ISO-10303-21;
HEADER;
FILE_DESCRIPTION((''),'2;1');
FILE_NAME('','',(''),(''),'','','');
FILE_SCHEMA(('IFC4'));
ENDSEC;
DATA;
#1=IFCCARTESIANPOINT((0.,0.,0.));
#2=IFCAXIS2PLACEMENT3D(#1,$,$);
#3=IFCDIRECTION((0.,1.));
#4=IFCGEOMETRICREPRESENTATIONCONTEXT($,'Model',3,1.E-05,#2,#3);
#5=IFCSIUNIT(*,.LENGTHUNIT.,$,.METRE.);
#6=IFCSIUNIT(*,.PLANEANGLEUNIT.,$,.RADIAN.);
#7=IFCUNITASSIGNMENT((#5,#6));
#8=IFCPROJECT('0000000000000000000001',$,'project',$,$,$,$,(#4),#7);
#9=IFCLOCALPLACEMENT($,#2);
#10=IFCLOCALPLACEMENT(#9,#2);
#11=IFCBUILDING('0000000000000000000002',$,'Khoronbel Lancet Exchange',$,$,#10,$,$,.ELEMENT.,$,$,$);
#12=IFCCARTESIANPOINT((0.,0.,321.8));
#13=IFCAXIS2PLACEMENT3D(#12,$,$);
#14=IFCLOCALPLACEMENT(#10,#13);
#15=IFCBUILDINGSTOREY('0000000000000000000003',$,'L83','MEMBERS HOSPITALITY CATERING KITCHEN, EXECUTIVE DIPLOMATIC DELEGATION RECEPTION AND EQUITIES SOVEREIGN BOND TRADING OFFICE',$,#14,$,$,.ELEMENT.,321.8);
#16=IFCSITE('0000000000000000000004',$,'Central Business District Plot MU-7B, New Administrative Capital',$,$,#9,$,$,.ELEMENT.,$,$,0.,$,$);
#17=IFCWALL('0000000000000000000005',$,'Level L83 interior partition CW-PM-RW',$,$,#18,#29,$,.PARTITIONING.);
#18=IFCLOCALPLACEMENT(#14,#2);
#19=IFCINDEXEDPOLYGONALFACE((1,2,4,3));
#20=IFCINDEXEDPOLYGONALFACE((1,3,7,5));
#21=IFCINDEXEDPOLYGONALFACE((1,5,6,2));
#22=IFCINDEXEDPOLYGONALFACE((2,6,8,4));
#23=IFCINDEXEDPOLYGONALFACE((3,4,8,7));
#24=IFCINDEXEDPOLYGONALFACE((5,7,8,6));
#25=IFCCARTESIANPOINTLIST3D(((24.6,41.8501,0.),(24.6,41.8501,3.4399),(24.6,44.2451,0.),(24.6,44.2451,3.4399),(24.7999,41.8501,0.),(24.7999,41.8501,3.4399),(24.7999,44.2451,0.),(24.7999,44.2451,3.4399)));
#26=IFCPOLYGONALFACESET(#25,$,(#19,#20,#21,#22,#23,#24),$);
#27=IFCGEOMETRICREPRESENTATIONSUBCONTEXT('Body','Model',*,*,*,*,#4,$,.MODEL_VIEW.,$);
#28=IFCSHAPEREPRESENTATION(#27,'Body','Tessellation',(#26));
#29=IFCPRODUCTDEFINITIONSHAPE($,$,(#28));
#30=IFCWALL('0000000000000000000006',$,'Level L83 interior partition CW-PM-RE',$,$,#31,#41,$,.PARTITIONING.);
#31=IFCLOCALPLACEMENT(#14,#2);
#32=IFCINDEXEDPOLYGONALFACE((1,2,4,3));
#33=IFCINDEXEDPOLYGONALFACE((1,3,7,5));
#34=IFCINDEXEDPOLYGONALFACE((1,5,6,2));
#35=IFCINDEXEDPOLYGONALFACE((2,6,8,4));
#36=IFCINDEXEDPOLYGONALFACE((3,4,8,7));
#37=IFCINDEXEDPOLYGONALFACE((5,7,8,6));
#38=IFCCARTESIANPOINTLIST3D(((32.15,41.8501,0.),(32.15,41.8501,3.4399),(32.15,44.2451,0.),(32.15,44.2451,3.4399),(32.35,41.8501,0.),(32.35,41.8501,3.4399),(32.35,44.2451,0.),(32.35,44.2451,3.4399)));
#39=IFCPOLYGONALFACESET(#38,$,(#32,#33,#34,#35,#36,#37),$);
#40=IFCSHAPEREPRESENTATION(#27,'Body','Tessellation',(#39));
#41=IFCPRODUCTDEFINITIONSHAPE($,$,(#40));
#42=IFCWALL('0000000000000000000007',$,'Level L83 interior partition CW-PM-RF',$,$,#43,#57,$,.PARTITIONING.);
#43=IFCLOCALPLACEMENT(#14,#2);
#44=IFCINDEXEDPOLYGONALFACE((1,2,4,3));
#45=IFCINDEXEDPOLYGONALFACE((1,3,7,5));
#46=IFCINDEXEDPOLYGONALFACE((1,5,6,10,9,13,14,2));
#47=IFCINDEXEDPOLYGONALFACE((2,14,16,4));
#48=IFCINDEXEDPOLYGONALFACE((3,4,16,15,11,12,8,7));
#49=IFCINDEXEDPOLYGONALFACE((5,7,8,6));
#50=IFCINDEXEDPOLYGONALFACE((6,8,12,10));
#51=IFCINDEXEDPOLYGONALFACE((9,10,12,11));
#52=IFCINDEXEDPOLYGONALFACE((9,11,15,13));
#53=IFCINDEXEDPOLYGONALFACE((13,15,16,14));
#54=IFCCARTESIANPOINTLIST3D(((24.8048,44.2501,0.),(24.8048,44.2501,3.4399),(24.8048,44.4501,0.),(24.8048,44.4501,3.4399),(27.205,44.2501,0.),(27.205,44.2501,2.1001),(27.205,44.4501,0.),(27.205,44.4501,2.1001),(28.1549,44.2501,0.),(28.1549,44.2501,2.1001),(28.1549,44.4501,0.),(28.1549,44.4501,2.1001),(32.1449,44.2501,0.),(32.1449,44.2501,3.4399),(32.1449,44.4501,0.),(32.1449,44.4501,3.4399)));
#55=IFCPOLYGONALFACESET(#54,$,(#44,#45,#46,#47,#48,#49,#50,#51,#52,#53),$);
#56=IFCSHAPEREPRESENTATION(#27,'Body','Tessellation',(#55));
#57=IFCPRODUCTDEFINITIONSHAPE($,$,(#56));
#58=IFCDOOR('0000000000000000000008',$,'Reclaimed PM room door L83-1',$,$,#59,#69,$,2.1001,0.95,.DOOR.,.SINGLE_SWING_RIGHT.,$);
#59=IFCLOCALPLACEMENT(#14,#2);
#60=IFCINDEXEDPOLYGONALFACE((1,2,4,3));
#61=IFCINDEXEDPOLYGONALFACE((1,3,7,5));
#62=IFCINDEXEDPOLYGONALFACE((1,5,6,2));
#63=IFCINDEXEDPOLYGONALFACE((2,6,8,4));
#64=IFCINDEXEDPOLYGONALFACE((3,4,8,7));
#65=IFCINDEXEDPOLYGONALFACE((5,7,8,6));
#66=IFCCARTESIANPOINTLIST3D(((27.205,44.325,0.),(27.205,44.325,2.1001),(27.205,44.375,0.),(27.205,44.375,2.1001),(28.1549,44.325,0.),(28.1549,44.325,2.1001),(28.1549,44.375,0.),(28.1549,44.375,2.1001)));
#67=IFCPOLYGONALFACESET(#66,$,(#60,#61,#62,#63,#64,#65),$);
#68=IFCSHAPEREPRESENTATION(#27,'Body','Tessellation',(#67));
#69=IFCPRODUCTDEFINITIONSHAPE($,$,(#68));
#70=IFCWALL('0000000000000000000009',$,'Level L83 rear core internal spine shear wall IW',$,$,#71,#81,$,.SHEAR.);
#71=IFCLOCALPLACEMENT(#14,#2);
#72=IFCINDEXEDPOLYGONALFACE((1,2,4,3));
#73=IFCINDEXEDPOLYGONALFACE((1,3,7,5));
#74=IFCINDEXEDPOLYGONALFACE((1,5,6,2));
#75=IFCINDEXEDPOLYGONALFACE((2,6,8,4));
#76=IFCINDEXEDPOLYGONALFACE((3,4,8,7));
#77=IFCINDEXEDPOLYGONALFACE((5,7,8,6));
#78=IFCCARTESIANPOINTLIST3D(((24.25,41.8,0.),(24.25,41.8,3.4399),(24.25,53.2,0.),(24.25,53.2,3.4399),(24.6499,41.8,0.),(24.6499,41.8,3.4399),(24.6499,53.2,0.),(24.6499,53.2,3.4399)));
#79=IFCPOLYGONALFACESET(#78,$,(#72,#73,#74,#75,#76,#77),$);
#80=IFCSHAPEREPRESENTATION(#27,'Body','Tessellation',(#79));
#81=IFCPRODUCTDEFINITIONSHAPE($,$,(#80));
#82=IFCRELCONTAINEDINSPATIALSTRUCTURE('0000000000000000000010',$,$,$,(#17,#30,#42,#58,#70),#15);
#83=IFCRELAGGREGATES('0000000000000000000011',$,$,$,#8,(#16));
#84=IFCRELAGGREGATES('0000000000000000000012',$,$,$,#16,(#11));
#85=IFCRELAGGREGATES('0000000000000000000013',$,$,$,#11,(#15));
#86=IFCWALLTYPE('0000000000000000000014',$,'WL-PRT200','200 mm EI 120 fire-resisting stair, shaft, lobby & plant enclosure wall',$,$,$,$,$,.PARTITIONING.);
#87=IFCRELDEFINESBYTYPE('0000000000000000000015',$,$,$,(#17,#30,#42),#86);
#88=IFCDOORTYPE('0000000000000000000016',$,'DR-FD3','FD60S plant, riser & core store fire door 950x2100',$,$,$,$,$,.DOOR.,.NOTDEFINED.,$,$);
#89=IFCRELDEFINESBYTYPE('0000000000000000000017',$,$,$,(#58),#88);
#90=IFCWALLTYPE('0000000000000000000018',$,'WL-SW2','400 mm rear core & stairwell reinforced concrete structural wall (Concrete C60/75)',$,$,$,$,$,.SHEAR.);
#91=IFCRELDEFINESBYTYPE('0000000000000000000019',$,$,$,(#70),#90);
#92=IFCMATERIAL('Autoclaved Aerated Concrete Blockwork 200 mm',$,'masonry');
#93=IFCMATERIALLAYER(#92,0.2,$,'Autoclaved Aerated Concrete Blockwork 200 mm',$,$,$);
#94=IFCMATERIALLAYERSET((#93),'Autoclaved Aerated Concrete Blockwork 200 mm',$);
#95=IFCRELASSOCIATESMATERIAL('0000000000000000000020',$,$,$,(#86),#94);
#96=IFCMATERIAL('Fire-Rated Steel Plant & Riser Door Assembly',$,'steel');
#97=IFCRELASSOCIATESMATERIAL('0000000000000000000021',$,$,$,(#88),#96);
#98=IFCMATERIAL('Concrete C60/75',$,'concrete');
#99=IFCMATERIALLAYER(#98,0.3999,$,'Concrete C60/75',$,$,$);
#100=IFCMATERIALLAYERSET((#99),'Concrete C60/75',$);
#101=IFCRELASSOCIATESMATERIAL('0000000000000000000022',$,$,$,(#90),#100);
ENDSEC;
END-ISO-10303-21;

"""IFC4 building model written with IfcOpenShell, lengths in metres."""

from ifc_helpers import new_model, si_unit, direction, frame, frame_2d, origin, place, context, subcontext, project, spatial, rectangle, extrude, material, layer, layer_set, type_object, element, fill, save


model = new_model("IFC4")

# Units and contexts
model_context = context("Model", 3, precision=1e-05, world=origin(), true_north=direction((0.0, 1.0)))
body_context = subcontext(model_context, "Body", "Model", "MODEL_VIEW")
ifc_project = project(units=[si_unit("LENGTHUNIT", "METRE"), si_unit("PLANEANGLEUNIT", "RADIAN")], contexts=[model_context])

# Site, building, storey
site_placement = place(None, origin())
site = spatial("IfcSite", under=ifc_project, at=site_placement, Name="Central Business District Plot MU-7B, New Administrative Capital", CompositionType="ELEMENT", RefElevation=0.0)
building_placement = place(site_placement, origin())
building = spatial("IfcBuilding", under=site, at=building_placement, Name="Khoronbel Lancet Exchange", CompositionType="ELEMENT")
storey_placement = place(building_placement, frame((0.0, 0.0, 321.8)))
storey = spatial("IfcBuildingStorey", under=building, at=storey_placement, Name="L83", Description="MEMBERS HOSPITALITY CATERING KITCHEN, EXECUTIVE DIPLOMATIC DELEGATION RECEPTION AND EQUITIES SOVEREIGN BOND TRADING OFFICE", CompositionType="ELEMENT", Elevation=321.8)

# Shared definitions
ifc_material_1 = material(Name="Concrete C60/75", Category="concrete")

# Shared definitions
ifc_material_2 = material(Name="Autoclaved Aerated Concrete Blockwork 200 mm", Category="masonry")
ifc_layer_1 = layer(ifc_material_2, 0.2, Name="Autoclaved Aerated Concrete Blockwork 200 mm")
ifc_layer_set_1 = layer_set([ifc_layer_1], Name="Autoclaved Aerated Concrete Blockwork 200 mm")
wall_type_1 = type_object("IfcWallType", Name="WL-PRT200", Description="200 mm EI 120 fire-resisting stair, shaft, lobby & plant enclosure wall", PredefinedType="PARTITIONING", material=ifc_layer_set_1)

# Walls
for number, where, z_axis, x_axis, name in (
    (1, (24.7, 41.8501, 0.0), (0.0, 0.0, 1.0), (0.0, 1.0, 0.0), "Level L83 interior partition CW-PM-RW"),
    (2, (32.25, 41.8501, 0.0), (0.0, 0.0, 1.0), (0.0, 1.0, 0.0), "Level L83 interior partition CW-PM-RE"),
):
    element("IfcWall", number, at=place(storey_placement, frame(where, z_axis=z_axis, x_axis=x_axis)), inside=storey, type_object=wall_type_1, Name=name, PredefinedType="PARTITIONING", context=body_context, shape_type="SweptSolid", body=[
        extrude(rectangle(XDim=2.395, YDim=0.2, at=frame_2d((1.1975, 0.0))), origin(), (0.0, 0.0, 1.0), 3.4399),
    ])

# Wall, opening, door
wall_1_placement = place(storey_placement, frame((24.8049, 44.3501, 0.0), z_axis=(0.0, 0.0, 1.0), x_axis=(1.0, 0.0, 0.0)))
wall_1 = element("IfcWall", 3, at=wall_1_placement, inside=storey, type_object=wall_type_1, Name="Level L83 interior partition CW-PM-RF", PredefinedType="PARTITIONING", context=body_context, shape_type="SweptSolid", body=[
    extrude(rectangle(XDim=7.3401, YDim=0.2, at=frame_2d((3.6699, 0.0))), origin(), (0.0, 0.0, 1.0), 3.4399),
])
opening_1_placement = place(wall_1_placement, frame((2.3999, 0.0, 0.0)))
opening_1 = element("IfcOpeningElement", 4, at=opening_1_placement, cuts=wall_1, PredefinedType="OPENING", context=body_context, shape_type="SweptSolid", body=[
    extrude(rectangle(XDim=0.95, YDim=2.1001, at=frame_2d((0.4751, 1.05))), frame((0.0, 0.1099, 0.0), z_axis=(0.0, -1.0, 0.0), x_axis=(1.0, 0.0, 0.0)), (0.0, 0.0, 1.0), 0.22),
])
ifc_material_3 = material(Name="Fire-Rated Steel Plant & Riser Door Assembly", Category="steel")
door_type_1 = type_object("IfcDoorType", Name="DR-FD3", Description="FD60S plant, riser & core store fire door 950x2100", OperationType="NOTDEFINED", PredefinedType="DOOR", material=ifc_material_3)
door_1_placement = place(opening_1_placement, origin())
door_1 = element("IfcDoor", 5, at=door_1_placement, inside=storey, type_object=door_type_1, Name="Reclaimed PM room door L83-1", OperationType="SINGLE_SWING_RIGHT", OverallHeight=2.1001, OverallWidth=0.95, PredefinedType="DOOR", context=body_context, shape_type="SweptSolid", body=[
    extrude(rectangle(XDim=0.95, YDim=2.1001, at=frame_2d((0.4751, 1.05))), frame((0.0, 0.0249, 0.0), z_axis=(0.0, -1.0, 0.0), x_axis=(1.0, 0.0, 0.0)), (0.0, 0.0, 1.0), 0.05),
])
fill(opening_1, door_1)

# Wall
ifc_layer_2 = layer(ifc_material_1, 0.3999, Name="Concrete C60/75")
ifc_layer_set_2 = layer_set([ifc_layer_2], Name="Concrete C60/75")
wall_type_2 = type_object("IfcWallType", Name="WL-SW2", Description="400 mm rear core & stairwell reinforced concrete structural wall (Concrete C60/75)", PredefinedType="SHEAR", material=ifc_layer_set_2)
wall_2_placement = place(storey_placement, frame((24.45, 41.8, 0.0), z_axis=(0.0, 0.0, 1.0), x_axis=(0.0, 1.0, 0.0)))
element("IfcWall", 6, at=wall_2_placement, inside=storey, type_object=wall_type_2, Name="Level L83 rear core internal spine shear wall IW", PredefinedType="SHEAR", context=body_context, shape_type="SweptSolid", body=[
    extrude(rectangle(XDim=11.3999, YDim=0.3999, at=frame_2d((5.7, 0.0))), origin(), (0.0, 0.0, 1.0), 3.4399),
])

save(model, "model.ifc")
